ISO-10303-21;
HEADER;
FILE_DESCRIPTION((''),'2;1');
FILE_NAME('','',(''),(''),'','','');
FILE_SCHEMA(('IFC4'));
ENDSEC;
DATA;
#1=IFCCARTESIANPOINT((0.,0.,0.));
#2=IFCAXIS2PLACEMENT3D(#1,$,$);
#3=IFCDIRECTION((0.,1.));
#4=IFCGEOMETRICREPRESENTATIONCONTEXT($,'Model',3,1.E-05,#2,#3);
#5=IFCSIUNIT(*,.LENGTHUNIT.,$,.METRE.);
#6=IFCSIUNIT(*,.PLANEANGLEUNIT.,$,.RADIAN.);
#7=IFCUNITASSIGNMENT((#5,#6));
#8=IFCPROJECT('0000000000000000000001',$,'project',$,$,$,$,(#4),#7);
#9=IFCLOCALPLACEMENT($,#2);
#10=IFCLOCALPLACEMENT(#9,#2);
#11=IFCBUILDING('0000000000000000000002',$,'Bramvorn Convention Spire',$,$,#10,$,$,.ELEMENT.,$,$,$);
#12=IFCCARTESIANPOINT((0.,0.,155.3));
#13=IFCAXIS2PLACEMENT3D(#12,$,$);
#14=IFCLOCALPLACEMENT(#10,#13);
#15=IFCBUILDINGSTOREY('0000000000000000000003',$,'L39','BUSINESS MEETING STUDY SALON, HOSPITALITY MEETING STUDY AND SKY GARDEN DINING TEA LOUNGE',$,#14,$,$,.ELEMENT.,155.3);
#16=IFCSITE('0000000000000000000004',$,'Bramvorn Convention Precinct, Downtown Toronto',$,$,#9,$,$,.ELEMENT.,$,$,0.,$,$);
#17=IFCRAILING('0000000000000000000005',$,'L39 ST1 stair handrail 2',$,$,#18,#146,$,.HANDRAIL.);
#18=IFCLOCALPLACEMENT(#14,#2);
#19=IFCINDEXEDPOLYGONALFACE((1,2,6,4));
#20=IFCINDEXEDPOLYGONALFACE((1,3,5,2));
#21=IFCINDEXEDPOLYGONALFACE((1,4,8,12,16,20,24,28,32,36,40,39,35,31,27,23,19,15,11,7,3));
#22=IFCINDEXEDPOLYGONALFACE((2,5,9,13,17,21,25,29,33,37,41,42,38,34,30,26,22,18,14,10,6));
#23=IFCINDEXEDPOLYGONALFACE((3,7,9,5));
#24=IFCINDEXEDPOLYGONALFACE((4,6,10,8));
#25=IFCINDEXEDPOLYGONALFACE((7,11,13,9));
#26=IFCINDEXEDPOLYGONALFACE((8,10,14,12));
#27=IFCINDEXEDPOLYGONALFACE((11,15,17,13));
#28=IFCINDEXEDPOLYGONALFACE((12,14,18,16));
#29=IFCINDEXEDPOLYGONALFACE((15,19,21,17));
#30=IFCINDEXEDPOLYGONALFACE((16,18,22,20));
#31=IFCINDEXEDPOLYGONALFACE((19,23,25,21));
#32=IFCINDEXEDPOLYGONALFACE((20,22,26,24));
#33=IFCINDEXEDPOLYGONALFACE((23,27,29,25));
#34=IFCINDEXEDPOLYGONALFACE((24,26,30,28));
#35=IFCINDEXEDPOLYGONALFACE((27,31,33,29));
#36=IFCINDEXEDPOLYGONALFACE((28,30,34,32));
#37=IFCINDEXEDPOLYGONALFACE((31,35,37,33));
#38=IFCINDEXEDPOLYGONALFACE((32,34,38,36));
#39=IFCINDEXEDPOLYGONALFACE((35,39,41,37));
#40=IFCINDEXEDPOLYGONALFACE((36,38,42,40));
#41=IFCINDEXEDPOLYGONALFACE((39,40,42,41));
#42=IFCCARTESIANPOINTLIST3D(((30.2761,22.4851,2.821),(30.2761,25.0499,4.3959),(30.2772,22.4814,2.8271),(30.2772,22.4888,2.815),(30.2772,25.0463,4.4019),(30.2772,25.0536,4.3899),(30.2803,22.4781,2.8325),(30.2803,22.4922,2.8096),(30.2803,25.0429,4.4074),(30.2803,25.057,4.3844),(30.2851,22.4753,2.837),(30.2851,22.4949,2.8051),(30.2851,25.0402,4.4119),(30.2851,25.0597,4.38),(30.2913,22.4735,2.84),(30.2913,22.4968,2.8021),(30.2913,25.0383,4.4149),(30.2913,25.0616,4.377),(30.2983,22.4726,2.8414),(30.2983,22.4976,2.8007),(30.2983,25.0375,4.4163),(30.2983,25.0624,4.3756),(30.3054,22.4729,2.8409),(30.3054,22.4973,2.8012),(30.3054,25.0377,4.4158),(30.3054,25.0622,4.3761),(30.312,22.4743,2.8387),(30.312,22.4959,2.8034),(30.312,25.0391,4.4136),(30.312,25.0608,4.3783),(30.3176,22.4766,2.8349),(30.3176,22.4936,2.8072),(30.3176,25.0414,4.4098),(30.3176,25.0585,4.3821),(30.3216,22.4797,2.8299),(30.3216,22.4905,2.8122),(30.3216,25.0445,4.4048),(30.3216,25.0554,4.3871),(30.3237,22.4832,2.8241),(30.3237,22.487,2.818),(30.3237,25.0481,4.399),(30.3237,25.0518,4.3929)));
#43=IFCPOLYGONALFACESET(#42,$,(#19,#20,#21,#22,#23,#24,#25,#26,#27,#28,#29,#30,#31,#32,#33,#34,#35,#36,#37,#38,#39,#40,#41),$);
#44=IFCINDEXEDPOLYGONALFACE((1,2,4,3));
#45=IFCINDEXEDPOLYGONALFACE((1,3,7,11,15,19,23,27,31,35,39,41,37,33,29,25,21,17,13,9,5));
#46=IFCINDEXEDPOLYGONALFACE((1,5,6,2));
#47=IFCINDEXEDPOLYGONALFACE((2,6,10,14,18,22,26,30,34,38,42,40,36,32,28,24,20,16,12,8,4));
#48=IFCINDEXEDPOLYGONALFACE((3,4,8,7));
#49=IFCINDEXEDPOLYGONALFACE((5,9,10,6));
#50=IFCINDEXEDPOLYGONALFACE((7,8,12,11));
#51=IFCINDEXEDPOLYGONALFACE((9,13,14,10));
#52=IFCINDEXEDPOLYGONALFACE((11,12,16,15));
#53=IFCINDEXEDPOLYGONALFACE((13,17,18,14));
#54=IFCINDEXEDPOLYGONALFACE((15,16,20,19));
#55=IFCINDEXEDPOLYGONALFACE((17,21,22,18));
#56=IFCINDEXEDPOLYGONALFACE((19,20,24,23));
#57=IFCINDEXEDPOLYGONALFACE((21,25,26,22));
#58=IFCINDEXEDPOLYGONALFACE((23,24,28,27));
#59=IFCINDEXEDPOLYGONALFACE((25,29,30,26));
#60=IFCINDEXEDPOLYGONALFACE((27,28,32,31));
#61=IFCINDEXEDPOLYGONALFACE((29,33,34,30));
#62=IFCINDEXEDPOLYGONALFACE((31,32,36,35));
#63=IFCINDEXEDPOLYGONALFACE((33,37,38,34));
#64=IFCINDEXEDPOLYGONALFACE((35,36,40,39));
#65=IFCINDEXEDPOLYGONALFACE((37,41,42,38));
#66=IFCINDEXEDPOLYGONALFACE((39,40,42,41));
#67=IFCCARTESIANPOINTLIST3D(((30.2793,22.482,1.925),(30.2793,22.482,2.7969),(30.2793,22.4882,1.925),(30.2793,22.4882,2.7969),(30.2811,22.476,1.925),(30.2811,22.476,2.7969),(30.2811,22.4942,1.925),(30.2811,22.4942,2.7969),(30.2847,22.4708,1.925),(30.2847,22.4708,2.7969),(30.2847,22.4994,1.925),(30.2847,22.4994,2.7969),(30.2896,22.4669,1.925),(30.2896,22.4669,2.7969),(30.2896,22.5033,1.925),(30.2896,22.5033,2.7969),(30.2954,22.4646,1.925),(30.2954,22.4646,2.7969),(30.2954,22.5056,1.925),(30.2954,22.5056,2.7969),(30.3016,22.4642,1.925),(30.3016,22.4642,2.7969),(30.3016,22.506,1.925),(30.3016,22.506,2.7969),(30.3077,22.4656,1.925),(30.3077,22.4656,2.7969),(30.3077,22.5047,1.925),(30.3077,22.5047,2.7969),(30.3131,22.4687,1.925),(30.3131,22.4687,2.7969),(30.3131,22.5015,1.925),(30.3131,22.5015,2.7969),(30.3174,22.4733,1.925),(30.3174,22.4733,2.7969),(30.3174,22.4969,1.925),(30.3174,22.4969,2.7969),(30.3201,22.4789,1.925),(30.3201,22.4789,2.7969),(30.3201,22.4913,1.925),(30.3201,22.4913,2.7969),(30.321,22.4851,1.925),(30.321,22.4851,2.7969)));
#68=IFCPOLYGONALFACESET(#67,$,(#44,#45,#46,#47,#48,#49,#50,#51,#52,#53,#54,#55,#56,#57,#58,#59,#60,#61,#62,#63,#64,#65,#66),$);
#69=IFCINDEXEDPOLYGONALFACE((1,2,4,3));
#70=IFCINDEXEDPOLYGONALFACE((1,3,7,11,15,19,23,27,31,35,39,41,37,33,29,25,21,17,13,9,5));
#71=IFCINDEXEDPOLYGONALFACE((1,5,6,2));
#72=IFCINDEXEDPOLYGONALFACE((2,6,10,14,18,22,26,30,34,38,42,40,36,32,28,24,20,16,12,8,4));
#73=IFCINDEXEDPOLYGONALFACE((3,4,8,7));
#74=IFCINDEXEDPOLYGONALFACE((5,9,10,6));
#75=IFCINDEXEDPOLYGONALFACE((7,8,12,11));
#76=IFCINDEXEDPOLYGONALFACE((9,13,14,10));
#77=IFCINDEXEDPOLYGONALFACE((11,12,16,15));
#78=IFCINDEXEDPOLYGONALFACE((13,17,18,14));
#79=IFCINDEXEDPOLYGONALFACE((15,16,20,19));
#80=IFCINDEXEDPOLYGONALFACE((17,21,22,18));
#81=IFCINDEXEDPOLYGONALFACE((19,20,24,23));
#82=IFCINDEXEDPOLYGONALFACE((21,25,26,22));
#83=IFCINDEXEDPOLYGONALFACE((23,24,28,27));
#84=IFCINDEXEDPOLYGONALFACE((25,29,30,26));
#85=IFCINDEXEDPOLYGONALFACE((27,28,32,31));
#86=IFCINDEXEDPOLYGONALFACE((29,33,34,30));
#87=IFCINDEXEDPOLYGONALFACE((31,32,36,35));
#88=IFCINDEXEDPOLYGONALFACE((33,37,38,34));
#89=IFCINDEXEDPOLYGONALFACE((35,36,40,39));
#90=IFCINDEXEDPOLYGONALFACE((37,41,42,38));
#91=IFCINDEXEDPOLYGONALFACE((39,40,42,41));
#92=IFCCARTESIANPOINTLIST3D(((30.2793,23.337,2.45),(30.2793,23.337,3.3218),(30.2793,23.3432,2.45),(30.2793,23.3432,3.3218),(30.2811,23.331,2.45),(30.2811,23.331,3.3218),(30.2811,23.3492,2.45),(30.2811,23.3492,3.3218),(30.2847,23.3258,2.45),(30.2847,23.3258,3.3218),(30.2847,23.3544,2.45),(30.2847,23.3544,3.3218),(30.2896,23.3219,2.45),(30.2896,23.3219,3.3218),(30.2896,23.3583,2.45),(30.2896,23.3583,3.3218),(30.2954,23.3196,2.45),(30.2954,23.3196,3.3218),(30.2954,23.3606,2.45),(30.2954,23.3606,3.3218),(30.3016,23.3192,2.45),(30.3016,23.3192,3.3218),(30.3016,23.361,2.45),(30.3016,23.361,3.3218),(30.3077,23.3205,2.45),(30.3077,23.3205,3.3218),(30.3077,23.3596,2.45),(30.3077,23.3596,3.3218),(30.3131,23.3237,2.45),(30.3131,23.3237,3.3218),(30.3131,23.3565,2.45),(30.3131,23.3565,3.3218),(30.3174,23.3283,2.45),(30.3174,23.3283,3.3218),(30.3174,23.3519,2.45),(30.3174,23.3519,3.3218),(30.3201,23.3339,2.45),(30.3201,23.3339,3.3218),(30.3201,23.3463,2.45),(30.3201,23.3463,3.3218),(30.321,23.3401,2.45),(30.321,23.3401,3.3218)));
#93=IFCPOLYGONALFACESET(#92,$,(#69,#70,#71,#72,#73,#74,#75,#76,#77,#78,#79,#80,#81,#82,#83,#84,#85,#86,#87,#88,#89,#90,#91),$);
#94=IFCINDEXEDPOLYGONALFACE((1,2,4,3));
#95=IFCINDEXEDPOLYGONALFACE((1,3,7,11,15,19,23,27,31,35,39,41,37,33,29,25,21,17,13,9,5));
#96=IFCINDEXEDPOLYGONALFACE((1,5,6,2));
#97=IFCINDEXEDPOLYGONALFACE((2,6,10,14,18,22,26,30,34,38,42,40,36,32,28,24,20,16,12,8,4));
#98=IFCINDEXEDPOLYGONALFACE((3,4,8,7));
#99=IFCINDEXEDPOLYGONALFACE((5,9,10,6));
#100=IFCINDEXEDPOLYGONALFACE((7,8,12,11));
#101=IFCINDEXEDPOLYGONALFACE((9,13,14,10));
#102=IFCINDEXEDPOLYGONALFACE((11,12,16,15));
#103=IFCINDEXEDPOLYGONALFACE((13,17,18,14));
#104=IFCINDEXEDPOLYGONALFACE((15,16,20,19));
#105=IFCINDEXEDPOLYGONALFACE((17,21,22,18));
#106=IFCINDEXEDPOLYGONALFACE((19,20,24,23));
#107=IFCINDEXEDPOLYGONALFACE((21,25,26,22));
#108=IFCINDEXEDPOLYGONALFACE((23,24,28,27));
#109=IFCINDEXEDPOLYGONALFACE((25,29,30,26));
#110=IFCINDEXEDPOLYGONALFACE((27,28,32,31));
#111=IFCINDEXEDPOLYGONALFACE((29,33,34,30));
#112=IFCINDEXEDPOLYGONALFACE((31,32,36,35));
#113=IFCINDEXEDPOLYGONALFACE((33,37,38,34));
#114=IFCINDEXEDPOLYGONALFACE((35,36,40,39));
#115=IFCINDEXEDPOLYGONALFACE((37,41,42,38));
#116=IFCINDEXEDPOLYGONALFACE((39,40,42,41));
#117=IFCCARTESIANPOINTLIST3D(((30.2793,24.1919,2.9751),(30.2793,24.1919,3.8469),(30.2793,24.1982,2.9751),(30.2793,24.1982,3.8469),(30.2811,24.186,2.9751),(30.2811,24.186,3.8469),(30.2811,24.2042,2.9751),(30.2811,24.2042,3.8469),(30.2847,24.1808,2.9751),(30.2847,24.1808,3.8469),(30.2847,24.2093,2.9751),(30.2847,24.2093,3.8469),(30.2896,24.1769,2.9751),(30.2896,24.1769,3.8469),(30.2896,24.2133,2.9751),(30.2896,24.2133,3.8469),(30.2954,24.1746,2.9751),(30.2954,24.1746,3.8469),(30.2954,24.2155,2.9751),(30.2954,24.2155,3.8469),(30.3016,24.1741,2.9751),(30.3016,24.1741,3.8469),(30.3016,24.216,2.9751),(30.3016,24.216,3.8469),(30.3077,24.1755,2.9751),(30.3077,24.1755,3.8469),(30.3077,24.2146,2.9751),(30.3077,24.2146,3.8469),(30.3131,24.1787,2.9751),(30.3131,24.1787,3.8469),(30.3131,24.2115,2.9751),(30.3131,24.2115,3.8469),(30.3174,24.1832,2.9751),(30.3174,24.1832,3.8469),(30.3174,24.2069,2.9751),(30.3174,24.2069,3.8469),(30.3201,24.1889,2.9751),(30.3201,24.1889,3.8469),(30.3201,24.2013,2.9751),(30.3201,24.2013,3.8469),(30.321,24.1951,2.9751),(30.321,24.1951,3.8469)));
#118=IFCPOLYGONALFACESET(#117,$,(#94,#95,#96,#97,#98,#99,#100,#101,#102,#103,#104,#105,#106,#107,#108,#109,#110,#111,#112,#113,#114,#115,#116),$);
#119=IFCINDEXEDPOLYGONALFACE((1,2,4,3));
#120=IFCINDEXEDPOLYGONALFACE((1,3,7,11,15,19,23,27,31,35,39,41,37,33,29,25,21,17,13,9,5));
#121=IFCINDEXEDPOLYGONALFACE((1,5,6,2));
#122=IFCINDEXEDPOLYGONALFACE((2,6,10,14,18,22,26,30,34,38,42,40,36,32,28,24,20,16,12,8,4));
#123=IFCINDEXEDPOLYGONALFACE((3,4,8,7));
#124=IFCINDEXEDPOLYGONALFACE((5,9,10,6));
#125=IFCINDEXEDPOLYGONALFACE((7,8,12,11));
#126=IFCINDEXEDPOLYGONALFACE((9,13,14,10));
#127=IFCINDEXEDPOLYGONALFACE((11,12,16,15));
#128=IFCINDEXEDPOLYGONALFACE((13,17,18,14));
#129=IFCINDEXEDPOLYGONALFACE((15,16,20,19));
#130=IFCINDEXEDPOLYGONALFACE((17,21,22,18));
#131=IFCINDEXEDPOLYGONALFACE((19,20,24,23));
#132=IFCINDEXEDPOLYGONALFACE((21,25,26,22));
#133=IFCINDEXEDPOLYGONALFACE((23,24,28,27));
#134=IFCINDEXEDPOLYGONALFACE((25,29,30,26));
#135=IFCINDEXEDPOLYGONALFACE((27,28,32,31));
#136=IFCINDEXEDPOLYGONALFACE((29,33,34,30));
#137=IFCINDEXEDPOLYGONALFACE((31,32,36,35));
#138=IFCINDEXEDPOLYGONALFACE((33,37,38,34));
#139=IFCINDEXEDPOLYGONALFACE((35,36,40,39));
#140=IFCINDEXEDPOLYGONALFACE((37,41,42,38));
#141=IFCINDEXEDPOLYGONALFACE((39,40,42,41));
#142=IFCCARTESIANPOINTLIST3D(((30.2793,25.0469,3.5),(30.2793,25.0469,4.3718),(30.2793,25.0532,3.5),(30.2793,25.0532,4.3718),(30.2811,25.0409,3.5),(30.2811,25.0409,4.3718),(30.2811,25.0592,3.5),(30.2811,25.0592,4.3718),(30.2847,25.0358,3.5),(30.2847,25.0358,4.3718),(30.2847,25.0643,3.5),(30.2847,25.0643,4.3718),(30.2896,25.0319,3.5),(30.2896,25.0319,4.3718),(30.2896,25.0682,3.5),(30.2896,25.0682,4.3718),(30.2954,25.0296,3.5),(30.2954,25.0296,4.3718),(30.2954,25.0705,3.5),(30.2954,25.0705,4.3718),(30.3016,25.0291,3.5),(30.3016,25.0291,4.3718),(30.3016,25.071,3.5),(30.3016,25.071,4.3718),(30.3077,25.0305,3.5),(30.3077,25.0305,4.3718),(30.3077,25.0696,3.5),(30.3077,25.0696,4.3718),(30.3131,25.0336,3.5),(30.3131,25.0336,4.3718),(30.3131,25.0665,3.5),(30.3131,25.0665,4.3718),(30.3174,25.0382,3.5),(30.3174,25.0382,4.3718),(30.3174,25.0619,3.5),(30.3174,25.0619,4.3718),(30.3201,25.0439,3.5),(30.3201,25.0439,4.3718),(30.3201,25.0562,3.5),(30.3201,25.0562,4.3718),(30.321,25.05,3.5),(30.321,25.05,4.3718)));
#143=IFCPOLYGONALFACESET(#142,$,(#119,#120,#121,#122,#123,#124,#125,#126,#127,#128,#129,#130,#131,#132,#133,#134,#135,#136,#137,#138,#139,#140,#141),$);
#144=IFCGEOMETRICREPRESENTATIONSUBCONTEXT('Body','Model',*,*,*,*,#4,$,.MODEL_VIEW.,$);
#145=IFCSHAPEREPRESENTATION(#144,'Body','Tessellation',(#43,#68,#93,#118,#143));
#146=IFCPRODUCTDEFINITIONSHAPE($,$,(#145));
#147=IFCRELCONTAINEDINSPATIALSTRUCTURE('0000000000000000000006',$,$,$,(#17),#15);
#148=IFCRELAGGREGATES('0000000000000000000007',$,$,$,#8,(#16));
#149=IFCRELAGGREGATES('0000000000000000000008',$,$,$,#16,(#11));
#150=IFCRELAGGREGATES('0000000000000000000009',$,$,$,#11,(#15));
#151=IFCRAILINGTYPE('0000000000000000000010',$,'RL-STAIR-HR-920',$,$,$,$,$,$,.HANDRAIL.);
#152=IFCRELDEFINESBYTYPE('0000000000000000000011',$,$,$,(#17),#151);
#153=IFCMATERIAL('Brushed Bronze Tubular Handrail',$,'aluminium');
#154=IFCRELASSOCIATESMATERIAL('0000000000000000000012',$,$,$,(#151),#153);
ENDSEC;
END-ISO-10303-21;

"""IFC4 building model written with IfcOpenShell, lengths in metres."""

from ifc_helpers import new_model, si_unit, direction, frame, origin, origin_2d, place, context, subcontext, project, spatial, circle, extrude, material, type_object, element, save


model = new_model("IFC4")

# Units and contexts
model_context = context("Model", 3, precision=1e-05, world=origin(), true_north=direction((0.0, 1.0)))
body_context = subcontext(model_context, "Body", "Model", "MODEL_VIEW")
ifc_project = project(units=[si_unit("LENGTHUNIT", "METRE"), si_unit("PLANEANGLEUNIT", "RADIAN")], contexts=[model_context])

# Site, building, storey
site_placement = place(None, origin())
site = spatial("IfcSite", under=ifc_project, at=site_placement, Name="Bramvorn Convention Precinct, Downtown Toronto", CompositionType="ELEMENT", RefElevation=0.0)
building_placement = place(site_placement, origin())
building = spatial("IfcBuilding", under=site, at=building_placement, Name="Bramvorn Convention Spire", CompositionType="ELEMENT")
storey_placement = place(building_placement, frame((0.0, 0.0, 155.3)))
storey = spatial("IfcBuildingStorey", under=building, at=storey_placement, Name="L39", Description="BUSINESS MEETING STUDY SALON, HOSPITALITY MEETING STUDY AND SKY GARDEN DINING TEA LOUNGE", CompositionType="ELEMENT", Elevation=155.3)

# Railing
ifc_material_1 = material(Name="Brushed Bronze Tubular Handrail", Category="aluminium")
railing_type_1 = type_object("IfcRailingType", Name="RL-STAIR-HR-920", PredefinedType="HANDRAIL", material=ifc_material_1)
railing_1_placement = place(storey_placement, frame((30.3, 22.4851, 1.925)))
element("IfcRailing", 1, at=railing_1_placement, inside=storey, type_object=railing_type_1, Name="L39 ST1 stair handrail 2", PredefinedType="HANDRAIL", context=body_context, shape_type="SweptSolid", body=[
    extrude(circle(Radius=0.0239, at=origin_2d()), frame((0.0, 0.0, 0.896), z_axis=(0.0, 0.852173, 0.52326), x_axis=(-1.0, 0.0, 0.0)), (0.0, 0.0, 1.0), 3.0098),
    extrude(circle(Radius=0.021, at=origin_2d()), origin(), (0.0, 0.0, 1.0), 0.8718),
    extrude(circle(Radius=0.021, at=origin_2d()), frame((0.0, 0.855, 0.5249)), (0.0, 0.0, 1.0), 0.8718),
    extrude(circle(Radius=0.021, at=origin_2d()), frame((0.0, 1.71, 1.05)), (0.0, 0.0, 1.0), 0.8718),
    extrude(circle(Radius=0.021, at=origin_2d()), frame((0.0, 2.5649, 1.575)), (0.0, 0.0, 1.0), 0.8718),
])

save(model, "model.ifc")
